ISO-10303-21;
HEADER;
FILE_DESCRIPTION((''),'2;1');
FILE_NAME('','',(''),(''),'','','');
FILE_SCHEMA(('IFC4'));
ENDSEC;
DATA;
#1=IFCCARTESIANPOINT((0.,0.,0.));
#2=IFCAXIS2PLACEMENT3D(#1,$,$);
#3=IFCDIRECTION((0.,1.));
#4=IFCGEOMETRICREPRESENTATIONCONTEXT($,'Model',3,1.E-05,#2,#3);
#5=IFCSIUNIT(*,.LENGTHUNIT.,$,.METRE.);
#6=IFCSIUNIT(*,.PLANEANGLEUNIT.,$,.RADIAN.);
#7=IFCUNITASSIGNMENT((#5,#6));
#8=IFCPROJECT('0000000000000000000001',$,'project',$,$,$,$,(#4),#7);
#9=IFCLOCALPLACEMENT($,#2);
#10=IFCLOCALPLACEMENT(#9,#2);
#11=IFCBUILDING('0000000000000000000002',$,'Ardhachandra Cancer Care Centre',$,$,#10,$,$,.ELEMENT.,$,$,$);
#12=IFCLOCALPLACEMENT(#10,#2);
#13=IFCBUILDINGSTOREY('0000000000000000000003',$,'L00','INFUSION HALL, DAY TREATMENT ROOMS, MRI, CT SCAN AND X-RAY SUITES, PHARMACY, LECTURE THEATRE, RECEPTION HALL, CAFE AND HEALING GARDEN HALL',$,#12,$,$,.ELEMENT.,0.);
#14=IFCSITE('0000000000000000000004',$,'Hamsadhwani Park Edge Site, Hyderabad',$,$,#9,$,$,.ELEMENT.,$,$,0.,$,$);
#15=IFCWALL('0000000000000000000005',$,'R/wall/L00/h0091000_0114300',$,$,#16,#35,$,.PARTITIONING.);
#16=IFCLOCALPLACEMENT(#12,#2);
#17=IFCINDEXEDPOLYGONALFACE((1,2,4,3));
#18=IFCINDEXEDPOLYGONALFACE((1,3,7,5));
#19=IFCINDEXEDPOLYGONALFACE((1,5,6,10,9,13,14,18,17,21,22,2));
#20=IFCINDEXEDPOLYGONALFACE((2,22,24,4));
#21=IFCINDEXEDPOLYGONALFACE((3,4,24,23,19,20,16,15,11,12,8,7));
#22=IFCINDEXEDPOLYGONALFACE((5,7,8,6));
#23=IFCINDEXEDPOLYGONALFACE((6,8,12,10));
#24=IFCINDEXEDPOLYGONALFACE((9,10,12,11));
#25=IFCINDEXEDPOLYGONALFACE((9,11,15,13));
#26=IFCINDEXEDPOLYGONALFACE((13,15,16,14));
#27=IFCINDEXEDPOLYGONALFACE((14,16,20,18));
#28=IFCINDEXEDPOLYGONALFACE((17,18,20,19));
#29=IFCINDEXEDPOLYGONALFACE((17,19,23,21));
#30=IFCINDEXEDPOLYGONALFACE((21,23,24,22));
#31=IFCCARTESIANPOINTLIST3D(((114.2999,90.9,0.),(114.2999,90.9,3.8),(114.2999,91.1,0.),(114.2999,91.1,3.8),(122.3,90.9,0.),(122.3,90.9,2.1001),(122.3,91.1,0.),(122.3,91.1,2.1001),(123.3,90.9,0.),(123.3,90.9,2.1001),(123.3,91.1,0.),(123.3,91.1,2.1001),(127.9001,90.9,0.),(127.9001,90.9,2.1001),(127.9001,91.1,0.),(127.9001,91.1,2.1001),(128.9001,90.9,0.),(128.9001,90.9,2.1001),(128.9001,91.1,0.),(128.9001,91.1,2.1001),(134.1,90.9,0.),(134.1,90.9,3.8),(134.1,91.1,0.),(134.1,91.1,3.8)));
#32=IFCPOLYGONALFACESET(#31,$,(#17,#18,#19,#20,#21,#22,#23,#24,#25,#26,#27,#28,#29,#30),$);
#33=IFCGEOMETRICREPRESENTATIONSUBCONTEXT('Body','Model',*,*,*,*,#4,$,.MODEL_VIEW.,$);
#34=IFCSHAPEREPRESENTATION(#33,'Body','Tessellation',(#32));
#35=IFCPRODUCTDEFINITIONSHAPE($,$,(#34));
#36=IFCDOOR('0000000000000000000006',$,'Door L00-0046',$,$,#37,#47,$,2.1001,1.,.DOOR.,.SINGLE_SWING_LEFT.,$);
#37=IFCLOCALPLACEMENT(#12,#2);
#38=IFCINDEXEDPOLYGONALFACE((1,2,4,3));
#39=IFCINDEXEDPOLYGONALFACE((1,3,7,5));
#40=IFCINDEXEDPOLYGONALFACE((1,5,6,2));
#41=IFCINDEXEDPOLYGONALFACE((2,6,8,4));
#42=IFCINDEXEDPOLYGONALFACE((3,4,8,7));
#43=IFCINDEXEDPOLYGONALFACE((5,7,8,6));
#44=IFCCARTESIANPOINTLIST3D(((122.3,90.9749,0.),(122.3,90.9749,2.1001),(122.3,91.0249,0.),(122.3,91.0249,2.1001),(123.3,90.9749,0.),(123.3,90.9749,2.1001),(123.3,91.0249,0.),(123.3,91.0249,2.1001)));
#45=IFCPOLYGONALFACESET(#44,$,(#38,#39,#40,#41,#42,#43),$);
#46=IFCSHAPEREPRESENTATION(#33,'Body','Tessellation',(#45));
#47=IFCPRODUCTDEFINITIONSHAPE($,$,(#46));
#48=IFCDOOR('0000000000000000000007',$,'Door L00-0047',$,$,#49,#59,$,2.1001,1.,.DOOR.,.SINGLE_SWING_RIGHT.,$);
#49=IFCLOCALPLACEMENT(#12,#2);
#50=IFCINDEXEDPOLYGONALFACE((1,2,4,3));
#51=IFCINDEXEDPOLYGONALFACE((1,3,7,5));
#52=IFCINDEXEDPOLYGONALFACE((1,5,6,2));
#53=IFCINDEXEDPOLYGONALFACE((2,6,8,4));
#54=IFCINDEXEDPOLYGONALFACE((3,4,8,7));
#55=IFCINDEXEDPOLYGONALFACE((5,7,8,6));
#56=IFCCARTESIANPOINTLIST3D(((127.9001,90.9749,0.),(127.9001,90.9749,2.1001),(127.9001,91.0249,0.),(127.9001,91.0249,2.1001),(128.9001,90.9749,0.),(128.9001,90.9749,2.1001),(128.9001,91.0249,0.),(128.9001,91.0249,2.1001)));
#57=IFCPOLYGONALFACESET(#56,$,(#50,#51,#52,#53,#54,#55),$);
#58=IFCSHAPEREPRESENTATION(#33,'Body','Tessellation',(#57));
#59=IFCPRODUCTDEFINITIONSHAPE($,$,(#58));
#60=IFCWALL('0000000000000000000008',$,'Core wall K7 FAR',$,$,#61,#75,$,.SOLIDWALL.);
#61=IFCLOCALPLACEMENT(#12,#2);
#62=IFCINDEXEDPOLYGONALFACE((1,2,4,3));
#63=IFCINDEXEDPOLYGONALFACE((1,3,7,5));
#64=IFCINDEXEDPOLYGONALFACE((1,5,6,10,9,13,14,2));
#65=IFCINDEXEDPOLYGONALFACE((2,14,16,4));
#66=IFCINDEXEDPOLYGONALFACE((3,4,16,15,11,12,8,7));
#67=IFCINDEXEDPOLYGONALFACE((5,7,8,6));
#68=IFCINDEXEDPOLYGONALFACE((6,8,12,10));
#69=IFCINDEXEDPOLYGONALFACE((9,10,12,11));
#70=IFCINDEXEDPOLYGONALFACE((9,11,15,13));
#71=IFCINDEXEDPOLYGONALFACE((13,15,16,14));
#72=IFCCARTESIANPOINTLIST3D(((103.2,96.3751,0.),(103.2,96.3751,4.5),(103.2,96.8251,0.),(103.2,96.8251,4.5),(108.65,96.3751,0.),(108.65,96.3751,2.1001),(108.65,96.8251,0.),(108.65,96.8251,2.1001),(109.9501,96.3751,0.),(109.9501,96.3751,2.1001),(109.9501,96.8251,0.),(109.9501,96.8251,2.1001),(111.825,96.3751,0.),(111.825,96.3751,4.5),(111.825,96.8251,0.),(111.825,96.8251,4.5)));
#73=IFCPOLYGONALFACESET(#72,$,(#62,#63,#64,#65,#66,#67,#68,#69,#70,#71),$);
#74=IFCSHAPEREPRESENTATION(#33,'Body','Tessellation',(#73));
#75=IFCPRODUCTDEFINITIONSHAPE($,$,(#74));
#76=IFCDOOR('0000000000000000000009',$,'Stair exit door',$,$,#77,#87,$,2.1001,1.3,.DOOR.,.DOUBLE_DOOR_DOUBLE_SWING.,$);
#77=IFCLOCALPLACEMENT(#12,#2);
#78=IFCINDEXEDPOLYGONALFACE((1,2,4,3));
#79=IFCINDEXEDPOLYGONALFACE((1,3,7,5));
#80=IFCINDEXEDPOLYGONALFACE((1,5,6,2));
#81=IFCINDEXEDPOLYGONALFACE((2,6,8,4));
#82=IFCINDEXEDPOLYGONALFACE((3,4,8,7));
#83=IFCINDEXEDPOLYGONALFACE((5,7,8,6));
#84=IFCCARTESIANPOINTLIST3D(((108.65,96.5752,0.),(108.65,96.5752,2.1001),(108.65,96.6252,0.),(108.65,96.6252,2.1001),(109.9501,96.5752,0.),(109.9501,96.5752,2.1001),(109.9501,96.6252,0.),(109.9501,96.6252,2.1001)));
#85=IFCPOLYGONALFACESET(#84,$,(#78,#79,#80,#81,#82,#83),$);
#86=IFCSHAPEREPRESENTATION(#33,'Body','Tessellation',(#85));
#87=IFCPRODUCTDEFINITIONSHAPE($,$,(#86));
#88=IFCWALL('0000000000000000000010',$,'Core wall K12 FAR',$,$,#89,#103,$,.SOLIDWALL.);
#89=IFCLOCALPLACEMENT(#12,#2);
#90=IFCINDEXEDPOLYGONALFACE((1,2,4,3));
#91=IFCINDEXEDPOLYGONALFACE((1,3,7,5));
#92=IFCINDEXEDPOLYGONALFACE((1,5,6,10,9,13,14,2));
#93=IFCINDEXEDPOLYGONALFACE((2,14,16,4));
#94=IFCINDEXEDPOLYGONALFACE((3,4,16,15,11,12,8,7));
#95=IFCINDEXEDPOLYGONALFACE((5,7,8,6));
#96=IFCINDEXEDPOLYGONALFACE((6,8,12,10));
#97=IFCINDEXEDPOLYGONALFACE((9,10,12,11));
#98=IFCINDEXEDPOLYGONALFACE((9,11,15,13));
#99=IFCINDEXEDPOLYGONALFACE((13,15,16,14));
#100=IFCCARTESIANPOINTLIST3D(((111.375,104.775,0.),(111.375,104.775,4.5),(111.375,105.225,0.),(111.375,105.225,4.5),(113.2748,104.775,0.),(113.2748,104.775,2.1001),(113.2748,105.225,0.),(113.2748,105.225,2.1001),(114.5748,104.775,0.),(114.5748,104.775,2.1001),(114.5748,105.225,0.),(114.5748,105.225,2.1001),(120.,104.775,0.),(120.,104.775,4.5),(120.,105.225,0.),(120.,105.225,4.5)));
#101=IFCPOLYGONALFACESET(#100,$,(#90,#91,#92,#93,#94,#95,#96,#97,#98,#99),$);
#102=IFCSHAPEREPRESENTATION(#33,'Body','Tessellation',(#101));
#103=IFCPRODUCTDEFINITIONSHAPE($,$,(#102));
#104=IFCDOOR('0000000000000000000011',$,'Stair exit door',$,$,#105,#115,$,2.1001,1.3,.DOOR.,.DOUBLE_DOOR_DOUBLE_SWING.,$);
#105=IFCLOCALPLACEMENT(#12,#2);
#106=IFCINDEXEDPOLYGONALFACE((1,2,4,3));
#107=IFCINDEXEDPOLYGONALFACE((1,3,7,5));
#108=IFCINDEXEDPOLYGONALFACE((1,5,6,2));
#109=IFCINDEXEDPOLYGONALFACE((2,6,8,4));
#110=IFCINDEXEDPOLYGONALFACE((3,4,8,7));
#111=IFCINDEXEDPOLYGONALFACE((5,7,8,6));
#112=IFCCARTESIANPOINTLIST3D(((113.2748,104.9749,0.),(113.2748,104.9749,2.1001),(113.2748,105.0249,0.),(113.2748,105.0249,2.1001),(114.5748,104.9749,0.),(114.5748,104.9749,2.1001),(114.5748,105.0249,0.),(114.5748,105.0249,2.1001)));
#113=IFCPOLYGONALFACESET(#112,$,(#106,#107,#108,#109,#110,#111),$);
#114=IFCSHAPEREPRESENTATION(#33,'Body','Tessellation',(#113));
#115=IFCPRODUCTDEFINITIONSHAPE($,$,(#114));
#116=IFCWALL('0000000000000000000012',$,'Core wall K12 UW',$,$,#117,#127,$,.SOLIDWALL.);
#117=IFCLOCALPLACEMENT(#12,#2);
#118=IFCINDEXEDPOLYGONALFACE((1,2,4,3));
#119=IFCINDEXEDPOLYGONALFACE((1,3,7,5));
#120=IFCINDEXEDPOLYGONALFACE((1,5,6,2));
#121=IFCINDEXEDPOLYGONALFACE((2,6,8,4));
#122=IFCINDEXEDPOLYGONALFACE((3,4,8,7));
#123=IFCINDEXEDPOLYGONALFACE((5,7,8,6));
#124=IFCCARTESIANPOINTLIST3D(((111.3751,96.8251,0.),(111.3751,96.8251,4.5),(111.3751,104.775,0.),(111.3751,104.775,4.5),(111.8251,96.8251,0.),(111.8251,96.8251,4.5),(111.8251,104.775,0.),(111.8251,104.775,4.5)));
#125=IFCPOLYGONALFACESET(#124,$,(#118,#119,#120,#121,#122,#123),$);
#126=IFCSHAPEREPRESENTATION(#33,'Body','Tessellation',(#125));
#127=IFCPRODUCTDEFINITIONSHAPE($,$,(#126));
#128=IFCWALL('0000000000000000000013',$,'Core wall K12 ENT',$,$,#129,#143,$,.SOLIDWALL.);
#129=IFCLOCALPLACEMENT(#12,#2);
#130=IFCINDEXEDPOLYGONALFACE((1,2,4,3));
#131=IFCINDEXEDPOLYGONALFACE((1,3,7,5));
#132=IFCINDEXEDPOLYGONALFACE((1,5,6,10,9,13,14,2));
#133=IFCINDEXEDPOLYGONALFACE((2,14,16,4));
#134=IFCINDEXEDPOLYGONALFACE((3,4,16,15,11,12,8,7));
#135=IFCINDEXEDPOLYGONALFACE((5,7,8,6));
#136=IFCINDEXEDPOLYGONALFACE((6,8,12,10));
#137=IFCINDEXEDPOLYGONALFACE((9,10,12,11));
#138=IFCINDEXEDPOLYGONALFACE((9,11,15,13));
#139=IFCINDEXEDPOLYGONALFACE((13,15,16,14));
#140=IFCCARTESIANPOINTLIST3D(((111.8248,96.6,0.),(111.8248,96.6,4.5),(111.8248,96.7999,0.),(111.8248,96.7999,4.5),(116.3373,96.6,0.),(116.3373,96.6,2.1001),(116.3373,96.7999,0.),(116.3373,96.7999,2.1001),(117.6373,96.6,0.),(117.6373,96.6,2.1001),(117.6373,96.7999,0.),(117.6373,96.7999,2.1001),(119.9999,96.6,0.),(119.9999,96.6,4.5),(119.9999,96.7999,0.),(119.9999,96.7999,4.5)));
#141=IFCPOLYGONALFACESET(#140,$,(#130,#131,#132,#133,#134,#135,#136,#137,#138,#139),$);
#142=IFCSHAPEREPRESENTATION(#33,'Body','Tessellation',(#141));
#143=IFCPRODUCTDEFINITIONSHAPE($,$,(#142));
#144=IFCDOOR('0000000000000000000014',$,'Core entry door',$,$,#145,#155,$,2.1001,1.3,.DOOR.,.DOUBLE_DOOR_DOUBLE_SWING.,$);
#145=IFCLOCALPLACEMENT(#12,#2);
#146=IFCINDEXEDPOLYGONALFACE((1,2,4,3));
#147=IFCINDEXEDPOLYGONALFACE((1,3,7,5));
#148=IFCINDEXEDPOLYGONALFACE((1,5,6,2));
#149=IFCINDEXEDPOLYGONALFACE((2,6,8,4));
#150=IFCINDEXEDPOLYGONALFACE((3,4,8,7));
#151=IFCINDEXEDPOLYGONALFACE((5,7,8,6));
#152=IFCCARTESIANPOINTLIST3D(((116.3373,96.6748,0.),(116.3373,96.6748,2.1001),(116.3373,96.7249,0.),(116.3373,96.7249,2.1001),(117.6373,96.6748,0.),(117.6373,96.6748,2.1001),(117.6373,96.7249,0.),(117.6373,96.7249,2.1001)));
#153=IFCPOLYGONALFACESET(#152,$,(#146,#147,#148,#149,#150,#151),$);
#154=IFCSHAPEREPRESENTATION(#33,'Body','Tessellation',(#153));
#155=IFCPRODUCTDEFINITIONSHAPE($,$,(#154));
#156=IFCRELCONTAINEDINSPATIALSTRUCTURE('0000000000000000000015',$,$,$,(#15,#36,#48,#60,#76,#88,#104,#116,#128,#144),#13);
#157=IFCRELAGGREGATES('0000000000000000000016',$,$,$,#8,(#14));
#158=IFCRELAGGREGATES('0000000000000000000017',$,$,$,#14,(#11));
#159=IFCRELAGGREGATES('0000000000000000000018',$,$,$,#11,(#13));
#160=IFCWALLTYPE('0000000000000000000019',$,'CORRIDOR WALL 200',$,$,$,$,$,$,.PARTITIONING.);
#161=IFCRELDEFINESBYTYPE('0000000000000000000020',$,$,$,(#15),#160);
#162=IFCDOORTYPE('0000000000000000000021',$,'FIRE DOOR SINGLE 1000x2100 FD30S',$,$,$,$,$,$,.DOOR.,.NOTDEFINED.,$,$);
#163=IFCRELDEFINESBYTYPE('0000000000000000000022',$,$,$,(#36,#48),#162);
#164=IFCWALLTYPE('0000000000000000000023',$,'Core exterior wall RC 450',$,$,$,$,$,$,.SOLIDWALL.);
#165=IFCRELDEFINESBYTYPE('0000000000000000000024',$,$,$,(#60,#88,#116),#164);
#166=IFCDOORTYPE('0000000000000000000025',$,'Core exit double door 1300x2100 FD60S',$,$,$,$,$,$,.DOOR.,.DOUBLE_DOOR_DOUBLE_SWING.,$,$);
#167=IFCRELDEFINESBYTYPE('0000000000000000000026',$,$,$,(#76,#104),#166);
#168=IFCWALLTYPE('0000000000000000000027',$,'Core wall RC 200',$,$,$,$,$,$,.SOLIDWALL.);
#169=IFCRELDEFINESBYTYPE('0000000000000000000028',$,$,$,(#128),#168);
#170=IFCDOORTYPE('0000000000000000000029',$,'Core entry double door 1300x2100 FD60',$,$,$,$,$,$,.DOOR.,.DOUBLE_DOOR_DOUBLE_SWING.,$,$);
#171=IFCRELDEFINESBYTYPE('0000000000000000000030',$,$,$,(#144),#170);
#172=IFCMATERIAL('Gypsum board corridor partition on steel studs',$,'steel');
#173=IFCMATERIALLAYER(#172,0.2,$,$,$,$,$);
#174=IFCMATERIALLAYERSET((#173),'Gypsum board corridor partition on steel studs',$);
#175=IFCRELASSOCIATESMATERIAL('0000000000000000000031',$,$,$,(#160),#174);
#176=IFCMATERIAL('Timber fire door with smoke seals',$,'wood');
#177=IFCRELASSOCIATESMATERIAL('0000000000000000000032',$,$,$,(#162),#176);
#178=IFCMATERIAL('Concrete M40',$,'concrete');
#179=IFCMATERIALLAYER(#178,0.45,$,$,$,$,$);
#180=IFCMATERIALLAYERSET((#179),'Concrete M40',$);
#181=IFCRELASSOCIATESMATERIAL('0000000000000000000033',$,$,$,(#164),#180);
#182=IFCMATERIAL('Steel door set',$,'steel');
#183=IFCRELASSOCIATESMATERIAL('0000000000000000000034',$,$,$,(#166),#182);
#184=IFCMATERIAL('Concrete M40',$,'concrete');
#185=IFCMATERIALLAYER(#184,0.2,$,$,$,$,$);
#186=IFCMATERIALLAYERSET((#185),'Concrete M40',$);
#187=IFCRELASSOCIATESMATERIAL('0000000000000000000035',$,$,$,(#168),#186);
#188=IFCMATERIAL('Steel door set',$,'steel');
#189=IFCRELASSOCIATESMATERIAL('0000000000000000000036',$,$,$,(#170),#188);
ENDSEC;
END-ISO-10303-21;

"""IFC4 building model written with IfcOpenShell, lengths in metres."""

from ifc_helpers import new_model, si_unit, direction, frame, frame_2d, origin, place, context, subcontext, project, spatial, rectangle, extrude, material, layer, layer_set, type_object, element, fill, save


model = new_model("IFC4")

# Units and contexts
model_context = context("Model", 3, precision=1e-05, world=origin(), true_north=direction((0.0, 1.0)))
body_context = subcontext(model_context, "Body", "Model", "MODEL_VIEW")
ifc_project = project(units=[si_unit("LENGTHUNIT", "METRE"), si_unit("PLANEANGLEUNIT", "RADIAN")], contexts=[model_context])

# Site, building, storey
site_placement = place(None, origin())
site = spatial("IfcSite", under=ifc_project, at=site_placement, Name="Hamsadhwani Park Edge Site, Hyderabad", CompositionType="ELEMENT", RefElevation=0.0)
building_placement = place(site_placement, origin())
building = spatial("IfcBuilding", under=site, at=building_placement, Name="Ardhachandra Cancer Care Centre", CompositionType="ELEMENT")
storey_placement = place(building_placement, origin())
storey = spatial("IfcBuildingStorey", under=building, at=storey_placement, Name="L00", Description="INFUSION HALL, DAY TREATMENT ROOMS, MRI, CT SCAN AND X-RAY SUITES, PHARMACY, LECTURE THEATRE, RECEPTION HALL, CAFE AND HEALING GARDEN HALL", CompositionType="ELEMENT", Elevation=0.0)

# Wall, openings, doors
ifc_material_1 = material(Name="Gypsum board corridor partition on steel studs", Category="steel")
ifc_layer_1 = layer(ifc_material_1, 0.2)
ifc_layer_set_1 = layer_set([ifc_layer_1], Name="Gypsum board corridor partition on steel studs")
wall_type_1 = type_object("IfcWallType", Name="CORRIDOR WALL 200", PredefinedType="PARTITIONING", material=ifc_layer_set_1)
wall_1_placement = place(storey_placement, frame((114.3, 91.0, 0.0), z_axis=(0.0, 0.0, 1.0), x_axis=(1.0, 0.0, 0.0)))
wall_1 = element("IfcWall", 1, at=wall_1_placement, inside=storey, type_object=wall_type_1, Name="R/wall/L00/h0091000_0114300", PredefinedType="PARTITIONING", context=body_context, shape_type="SweptSolid", body=[
    extrude(rectangle(XDim=19.8, YDim=0.2, at=frame_2d((9.8999, 0.0))), origin(), (0.0, 0.0, 1.0), 3.8),
])
opening_1_placement = place(wall_1_placement, frame((8.0, 0.0, 0.0)))
opening_1 = element("IfcOpeningElement", 2, at=opening_1_placement, cuts=wall_1, PredefinedType="OPENING", context=body_context, shape_type="SweptSolid", body=[
    extrude(rectangle(XDim=1.0, YDim=2.1001, at=frame_2d((0.5, 1.05))), frame((0.0, 0.1099, 0.0), z_axis=(0.0, -1.0, 0.0), x_axis=(1.0, 0.0, 0.0)), (0.0, 0.0, 1.0), 0.22),
])
opening_2_placement = place(wall_1_placement, frame((13.6001, 0.0, 0.0)))
opening_2 = element("IfcOpeningElement", 3, at=opening_2_placement, cuts=wall_1, PredefinedType="OPENING", context=body_context, shape_type="SweptSolid", body=[
    extrude(rectangle(XDim=1.0, YDim=2.1001, at=frame_2d((0.5, 1.05))), frame((0.0, 0.1099, 0.0), z_axis=(0.0, -1.0, 0.0), x_axis=(1.0, 0.0, 0.0)), (0.0, 0.0, 1.0), 0.22),
])
ifc_material_2 = material(Name="Timber fire door with smoke seals", Category="wood")
door_type_1 = type_object("IfcDoorType", Name="FIRE DOOR SINGLE 1000x2100 FD30S", OperationType="NOTDEFINED", PredefinedType="DOOR", material=ifc_material_2)
door_1_placement = place(opening_1_placement, origin())
door_1 = element("IfcDoor", 4, at=door_1_placement, inside=storey, type_object=door_type_1, Name="Door L00-0046", OperationType="SINGLE_SWING_LEFT", OverallHeight=2.1001, OverallWidth=1.0, PredefinedType="DOOR", context=body_context, shape_type="SweptSolid", body=[
    extrude(rectangle(XDim=1.0, YDim=2.1001, at=frame_2d((0.5, 1.05))), frame((0.0, 0.0249, 0.0), z_axis=(0.0, -1.0, 0.0), x_axis=(1.0, 0.0, 0.0)), (0.0, 0.0, 1.0), 0.05),
])
fill(opening_1, door_1)
door_2_placement = place(opening_2_placement, origin())
door_2 = element("IfcDoor", 5, at=door_2_placement, inside=storey, type_object=door_type_1, Name="Door L00-0047", OperationType="SINGLE_SWING_RIGHT", OverallHeight=2.1001, OverallWidth=1.0, PredefinedType="DOOR", context=body_context, shape_type="SweptSolid", body=[
    extrude(rectangle(XDim=1.0, YDim=2.1001, at=frame_2d((0.5, 1.05))), frame((0.0, 0.0249, 0.0), z_axis=(0.0, -1.0, 0.0), x_axis=(1.0, 0.0, 0.0)), (0.0, 0.0, 1.0), 0.05),
])
fill(opening_2, door_2)

# Walls, openings, doors
ifc_material_3 = material(Name="Concrete M40", Category="concrete")
ifc_layer_2 = layer(ifc_material_3, 0.45)
ifc_layer_set_2 = layer_set([ifc_layer_2], Name="Concrete M40")
wall_type_2 = type_object("IfcWallType", Name="Core exterior wall RC 450", PredefinedType="SOLIDWALL", material=ifc_layer_set_2)
wall_2_placement = place(storey_placement, frame((111.825, 96.6001, 0.0), z_axis=(0.0, 0.0, 1.0), x_axis=(-1.0, 0.0, 0.0)))
wall_2 = element("IfcWall", 6, at=wall_2_placement, inside=storey, type_object=wall_type_2, Name="Core wall K7 FAR", PredefinedType="SOLIDWALL", context=body_context, shape_type="SweptSolid", body=[
    extrude(rectangle(XDim=8.625, YDim=0.45, at=frame_2d((4.3125, 0.0))), origin(), (0.0, 0.0, 1.0), 4.5),
])
opening_3_placement = place(wall_2_placement, frame((1.875, 0.0, 0.0)))
opening_3 = element("IfcOpeningElement", 7, at=opening_3_placement, cuts=wall_2, PredefinedType="OPENING", context=body_context, shape_type="SweptSolid", body=[
    extrude(rectangle(XDim=1.3, YDim=2.1001, at=frame_2d((0.6499, 1.05))), frame((0.0, 0.2349, 0.0), z_axis=(0.0, -1.0, 0.0), x_axis=(1.0, 0.0, 0.0)), (0.0, 0.0, 1.0), 0.47),
])
ifc_material_4 = material(Name="Steel door set", Category="steel")
door_type_2 = type_object("IfcDoorType", Name="Core exit double door 1300x2100 FD60S", OperationType="DOUBLE_DOOR_DOUBLE_SWING", PredefinedType="DOOR", material=ifc_material_4)
door_3_placement = place(opening_3_placement, origin())
door_3 = element("IfcDoor", 8, at=door_3_placement, inside=storey, type_object=door_type_2, Name="Stair exit door", OperationType="DOUBLE_DOOR_DOUBLE_SWING", OverallHeight=2.1001, OverallWidth=1.3, PredefinedType="DOOR", context=body_context, shape_type="SweptSolid", body=[
    extrude(rectangle(XDim=1.3, YDim=2.1001, at=frame_2d((0.6499, 1.05))), frame((0.0, 0.0249, 0.0), z_axis=(0.0, -1.0, 0.0), x_axis=(1.0, 0.0, 0.0)), (0.0, 0.0, 1.0), 0.05),
])
fill(opening_3, door_3)
wall_3_placement = place(storey_placement, frame((111.375, 105.0, 0.0), z_axis=(0.0, 0.0, 1.0), x_axis=(1.0, 0.0, 0.0)))
wall_3 = element("IfcWall", 9, at=wall_3_placement, inside=storey, type_object=wall_type_2, Name="Core wall K12 FAR", PredefinedType="SOLIDWALL", context=body_context, shape_type="SweptSolid", body=[
    extrude(rectangle(XDim=8.625, YDim=0.45, at=frame_2d((4.3125, 0.0))), origin(), (0.0, 0.0, 1.0), 4.5),
])
opening_4_placement = place(wall_3_placement, frame((1.8999, 0.0, 0.0)))
opening_4 = element("IfcOpeningElement", 10, at=opening_4_placement, cuts=wall_3, PredefinedType="OPENING", context=body_context, shape_type="SweptSolid", body=[
    extrude(rectangle(XDim=1.3, YDim=2.1001, at=frame_2d((0.6499, 1.05))), frame((0.0, 0.2349, 0.0), z_axis=(0.0, -1.0, 0.0), x_axis=(1.0, 0.0, 0.0)), (0.0, 0.0, 1.0), 0.47),
])
door_4_placement = place(opening_4_placement, origin())
door_4 = element("IfcDoor", 11, at=door_4_placement, inside=storey, type_object=door_type_2, Name="Stair exit door", OperationType="DOUBLE_DOOR_DOUBLE_SWING", OverallHeight=2.1001, OverallWidth=1.3, PredefinedType="DOOR", context=body_context, shape_type="SweptSolid", body=[
    extrude(rectangle(XDim=1.3, YDim=2.1001, at=frame_2d((0.6499, 1.05))), frame((0.0, 0.0249, 0.0), z_axis=(0.0, -1.0, 0.0), x_axis=(1.0, 0.0, 0.0)), (0.0, 0.0, 1.0), 0.05),
])
fill(opening_4, door_4)

# Wall
wall_4_placement = place(storey_placement, frame((111.6001, 96.825, 0.0), z_axis=(0.0, 0.0, 1.0), x_axis=(0.0, 1.0, 0.0)))
element("IfcWall", 12, at=wall_4_placement, inside=storey, type_object=wall_type_2, Name="Core wall K12 UW", PredefinedType="SOLIDWALL", context=body_context, shape_type="SweptSolid", body=[
    extrude(rectangle(XDim=7.95, YDim=0.45, at=frame_2d((3.9751, 0.0))), origin(), (0.0, 0.0, 1.0), 4.5),
])

# Wall, opening, door
ifc_material_5 = material(Name="Concrete M40", Category="concrete")
ifc_layer_3 = layer(ifc_material_5, 0.2)
ifc_layer_set_3 = layer_set([ifc_layer_3], Name="Concrete M40")
wall_type_3 = type_object("IfcWallType", Name="Core wall RC 200", PredefinedType="SOLIDWALL", material=ifc_layer_set_3)
wall_5_placement = place(storey_placement, frame((111.825, 96.7, 0.0), z_axis=(0.0, 0.0, 1.0), x_axis=(1.0, 0.0, 0.0)))
wall_5 = element("IfcWall", 13, at=wall_5_placement, inside=storey, type_object=wall_type_3, Name="Core wall K12 ENT", PredefinedType="SOLIDWALL", context=body_context, shape_type="SweptSolid", body=[
    extrude(rectangle(XDim=8.175, YDim=0.2, at=frame_2d((4.0874, 0.0))), origin(), (0.0, 0.0, 1.0), 4.5),
])
opening_5_placement = place(wall_5_placement, frame((4.5125, 0.0, 0.0)))
opening_5 = element("IfcOpeningElement", 14, at=opening_5_placement, cuts=wall_5, PredefinedType="OPENING", context=body_context, shape_type="SweptSolid", body=[
    extrude(rectangle(XDim=1.3, YDim=2.1001, at=frame_2d((0.6499, 1.05))), frame((0.0, 0.1099, 0.0), z_axis=(0.0, -1.0, 0.0), x_axis=(1.0, 0.0, 0.0)), (0.0, 0.0, 1.0), 0.22),
])
ifc_material_6 = material(Name="Steel door set", Category="steel")
door_type_3 = type_object("IfcDoorType", Name="Core entry double door 1300x2100 FD60", OperationType="DOUBLE_DOOR_DOUBLE_SWING", PredefinedType="DOOR", material=ifc_material_6)
door_5_placement = place(opening_5_placement, origin())
door_5 = element("IfcDoor", 15, at=door_5_placement, inside=storey, type_object=door_type_3, Name="Core entry door", OperationType="DOUBLE_DOOR_DOUBLE_SWING", OverallHeight=2.1001, OverallWidth=1.3, PredefinedType="DOOR", context=body_context, shape_type="SweptSolid", body=[
    extrude(rectangle(XDim=1.3, YDim=2.1001, at=frame_2d((0.6499, 1.05))), frame((0.0, 0.0249, 0.0), z_axis=(0.0, -1.0, 0.0), x_axis=(1.0, 0.0, 0.0)), (0.0, 0.0, 1.0), 0.05),
])
fill(opening_5, door_5)

save(model, "model.ifc")
